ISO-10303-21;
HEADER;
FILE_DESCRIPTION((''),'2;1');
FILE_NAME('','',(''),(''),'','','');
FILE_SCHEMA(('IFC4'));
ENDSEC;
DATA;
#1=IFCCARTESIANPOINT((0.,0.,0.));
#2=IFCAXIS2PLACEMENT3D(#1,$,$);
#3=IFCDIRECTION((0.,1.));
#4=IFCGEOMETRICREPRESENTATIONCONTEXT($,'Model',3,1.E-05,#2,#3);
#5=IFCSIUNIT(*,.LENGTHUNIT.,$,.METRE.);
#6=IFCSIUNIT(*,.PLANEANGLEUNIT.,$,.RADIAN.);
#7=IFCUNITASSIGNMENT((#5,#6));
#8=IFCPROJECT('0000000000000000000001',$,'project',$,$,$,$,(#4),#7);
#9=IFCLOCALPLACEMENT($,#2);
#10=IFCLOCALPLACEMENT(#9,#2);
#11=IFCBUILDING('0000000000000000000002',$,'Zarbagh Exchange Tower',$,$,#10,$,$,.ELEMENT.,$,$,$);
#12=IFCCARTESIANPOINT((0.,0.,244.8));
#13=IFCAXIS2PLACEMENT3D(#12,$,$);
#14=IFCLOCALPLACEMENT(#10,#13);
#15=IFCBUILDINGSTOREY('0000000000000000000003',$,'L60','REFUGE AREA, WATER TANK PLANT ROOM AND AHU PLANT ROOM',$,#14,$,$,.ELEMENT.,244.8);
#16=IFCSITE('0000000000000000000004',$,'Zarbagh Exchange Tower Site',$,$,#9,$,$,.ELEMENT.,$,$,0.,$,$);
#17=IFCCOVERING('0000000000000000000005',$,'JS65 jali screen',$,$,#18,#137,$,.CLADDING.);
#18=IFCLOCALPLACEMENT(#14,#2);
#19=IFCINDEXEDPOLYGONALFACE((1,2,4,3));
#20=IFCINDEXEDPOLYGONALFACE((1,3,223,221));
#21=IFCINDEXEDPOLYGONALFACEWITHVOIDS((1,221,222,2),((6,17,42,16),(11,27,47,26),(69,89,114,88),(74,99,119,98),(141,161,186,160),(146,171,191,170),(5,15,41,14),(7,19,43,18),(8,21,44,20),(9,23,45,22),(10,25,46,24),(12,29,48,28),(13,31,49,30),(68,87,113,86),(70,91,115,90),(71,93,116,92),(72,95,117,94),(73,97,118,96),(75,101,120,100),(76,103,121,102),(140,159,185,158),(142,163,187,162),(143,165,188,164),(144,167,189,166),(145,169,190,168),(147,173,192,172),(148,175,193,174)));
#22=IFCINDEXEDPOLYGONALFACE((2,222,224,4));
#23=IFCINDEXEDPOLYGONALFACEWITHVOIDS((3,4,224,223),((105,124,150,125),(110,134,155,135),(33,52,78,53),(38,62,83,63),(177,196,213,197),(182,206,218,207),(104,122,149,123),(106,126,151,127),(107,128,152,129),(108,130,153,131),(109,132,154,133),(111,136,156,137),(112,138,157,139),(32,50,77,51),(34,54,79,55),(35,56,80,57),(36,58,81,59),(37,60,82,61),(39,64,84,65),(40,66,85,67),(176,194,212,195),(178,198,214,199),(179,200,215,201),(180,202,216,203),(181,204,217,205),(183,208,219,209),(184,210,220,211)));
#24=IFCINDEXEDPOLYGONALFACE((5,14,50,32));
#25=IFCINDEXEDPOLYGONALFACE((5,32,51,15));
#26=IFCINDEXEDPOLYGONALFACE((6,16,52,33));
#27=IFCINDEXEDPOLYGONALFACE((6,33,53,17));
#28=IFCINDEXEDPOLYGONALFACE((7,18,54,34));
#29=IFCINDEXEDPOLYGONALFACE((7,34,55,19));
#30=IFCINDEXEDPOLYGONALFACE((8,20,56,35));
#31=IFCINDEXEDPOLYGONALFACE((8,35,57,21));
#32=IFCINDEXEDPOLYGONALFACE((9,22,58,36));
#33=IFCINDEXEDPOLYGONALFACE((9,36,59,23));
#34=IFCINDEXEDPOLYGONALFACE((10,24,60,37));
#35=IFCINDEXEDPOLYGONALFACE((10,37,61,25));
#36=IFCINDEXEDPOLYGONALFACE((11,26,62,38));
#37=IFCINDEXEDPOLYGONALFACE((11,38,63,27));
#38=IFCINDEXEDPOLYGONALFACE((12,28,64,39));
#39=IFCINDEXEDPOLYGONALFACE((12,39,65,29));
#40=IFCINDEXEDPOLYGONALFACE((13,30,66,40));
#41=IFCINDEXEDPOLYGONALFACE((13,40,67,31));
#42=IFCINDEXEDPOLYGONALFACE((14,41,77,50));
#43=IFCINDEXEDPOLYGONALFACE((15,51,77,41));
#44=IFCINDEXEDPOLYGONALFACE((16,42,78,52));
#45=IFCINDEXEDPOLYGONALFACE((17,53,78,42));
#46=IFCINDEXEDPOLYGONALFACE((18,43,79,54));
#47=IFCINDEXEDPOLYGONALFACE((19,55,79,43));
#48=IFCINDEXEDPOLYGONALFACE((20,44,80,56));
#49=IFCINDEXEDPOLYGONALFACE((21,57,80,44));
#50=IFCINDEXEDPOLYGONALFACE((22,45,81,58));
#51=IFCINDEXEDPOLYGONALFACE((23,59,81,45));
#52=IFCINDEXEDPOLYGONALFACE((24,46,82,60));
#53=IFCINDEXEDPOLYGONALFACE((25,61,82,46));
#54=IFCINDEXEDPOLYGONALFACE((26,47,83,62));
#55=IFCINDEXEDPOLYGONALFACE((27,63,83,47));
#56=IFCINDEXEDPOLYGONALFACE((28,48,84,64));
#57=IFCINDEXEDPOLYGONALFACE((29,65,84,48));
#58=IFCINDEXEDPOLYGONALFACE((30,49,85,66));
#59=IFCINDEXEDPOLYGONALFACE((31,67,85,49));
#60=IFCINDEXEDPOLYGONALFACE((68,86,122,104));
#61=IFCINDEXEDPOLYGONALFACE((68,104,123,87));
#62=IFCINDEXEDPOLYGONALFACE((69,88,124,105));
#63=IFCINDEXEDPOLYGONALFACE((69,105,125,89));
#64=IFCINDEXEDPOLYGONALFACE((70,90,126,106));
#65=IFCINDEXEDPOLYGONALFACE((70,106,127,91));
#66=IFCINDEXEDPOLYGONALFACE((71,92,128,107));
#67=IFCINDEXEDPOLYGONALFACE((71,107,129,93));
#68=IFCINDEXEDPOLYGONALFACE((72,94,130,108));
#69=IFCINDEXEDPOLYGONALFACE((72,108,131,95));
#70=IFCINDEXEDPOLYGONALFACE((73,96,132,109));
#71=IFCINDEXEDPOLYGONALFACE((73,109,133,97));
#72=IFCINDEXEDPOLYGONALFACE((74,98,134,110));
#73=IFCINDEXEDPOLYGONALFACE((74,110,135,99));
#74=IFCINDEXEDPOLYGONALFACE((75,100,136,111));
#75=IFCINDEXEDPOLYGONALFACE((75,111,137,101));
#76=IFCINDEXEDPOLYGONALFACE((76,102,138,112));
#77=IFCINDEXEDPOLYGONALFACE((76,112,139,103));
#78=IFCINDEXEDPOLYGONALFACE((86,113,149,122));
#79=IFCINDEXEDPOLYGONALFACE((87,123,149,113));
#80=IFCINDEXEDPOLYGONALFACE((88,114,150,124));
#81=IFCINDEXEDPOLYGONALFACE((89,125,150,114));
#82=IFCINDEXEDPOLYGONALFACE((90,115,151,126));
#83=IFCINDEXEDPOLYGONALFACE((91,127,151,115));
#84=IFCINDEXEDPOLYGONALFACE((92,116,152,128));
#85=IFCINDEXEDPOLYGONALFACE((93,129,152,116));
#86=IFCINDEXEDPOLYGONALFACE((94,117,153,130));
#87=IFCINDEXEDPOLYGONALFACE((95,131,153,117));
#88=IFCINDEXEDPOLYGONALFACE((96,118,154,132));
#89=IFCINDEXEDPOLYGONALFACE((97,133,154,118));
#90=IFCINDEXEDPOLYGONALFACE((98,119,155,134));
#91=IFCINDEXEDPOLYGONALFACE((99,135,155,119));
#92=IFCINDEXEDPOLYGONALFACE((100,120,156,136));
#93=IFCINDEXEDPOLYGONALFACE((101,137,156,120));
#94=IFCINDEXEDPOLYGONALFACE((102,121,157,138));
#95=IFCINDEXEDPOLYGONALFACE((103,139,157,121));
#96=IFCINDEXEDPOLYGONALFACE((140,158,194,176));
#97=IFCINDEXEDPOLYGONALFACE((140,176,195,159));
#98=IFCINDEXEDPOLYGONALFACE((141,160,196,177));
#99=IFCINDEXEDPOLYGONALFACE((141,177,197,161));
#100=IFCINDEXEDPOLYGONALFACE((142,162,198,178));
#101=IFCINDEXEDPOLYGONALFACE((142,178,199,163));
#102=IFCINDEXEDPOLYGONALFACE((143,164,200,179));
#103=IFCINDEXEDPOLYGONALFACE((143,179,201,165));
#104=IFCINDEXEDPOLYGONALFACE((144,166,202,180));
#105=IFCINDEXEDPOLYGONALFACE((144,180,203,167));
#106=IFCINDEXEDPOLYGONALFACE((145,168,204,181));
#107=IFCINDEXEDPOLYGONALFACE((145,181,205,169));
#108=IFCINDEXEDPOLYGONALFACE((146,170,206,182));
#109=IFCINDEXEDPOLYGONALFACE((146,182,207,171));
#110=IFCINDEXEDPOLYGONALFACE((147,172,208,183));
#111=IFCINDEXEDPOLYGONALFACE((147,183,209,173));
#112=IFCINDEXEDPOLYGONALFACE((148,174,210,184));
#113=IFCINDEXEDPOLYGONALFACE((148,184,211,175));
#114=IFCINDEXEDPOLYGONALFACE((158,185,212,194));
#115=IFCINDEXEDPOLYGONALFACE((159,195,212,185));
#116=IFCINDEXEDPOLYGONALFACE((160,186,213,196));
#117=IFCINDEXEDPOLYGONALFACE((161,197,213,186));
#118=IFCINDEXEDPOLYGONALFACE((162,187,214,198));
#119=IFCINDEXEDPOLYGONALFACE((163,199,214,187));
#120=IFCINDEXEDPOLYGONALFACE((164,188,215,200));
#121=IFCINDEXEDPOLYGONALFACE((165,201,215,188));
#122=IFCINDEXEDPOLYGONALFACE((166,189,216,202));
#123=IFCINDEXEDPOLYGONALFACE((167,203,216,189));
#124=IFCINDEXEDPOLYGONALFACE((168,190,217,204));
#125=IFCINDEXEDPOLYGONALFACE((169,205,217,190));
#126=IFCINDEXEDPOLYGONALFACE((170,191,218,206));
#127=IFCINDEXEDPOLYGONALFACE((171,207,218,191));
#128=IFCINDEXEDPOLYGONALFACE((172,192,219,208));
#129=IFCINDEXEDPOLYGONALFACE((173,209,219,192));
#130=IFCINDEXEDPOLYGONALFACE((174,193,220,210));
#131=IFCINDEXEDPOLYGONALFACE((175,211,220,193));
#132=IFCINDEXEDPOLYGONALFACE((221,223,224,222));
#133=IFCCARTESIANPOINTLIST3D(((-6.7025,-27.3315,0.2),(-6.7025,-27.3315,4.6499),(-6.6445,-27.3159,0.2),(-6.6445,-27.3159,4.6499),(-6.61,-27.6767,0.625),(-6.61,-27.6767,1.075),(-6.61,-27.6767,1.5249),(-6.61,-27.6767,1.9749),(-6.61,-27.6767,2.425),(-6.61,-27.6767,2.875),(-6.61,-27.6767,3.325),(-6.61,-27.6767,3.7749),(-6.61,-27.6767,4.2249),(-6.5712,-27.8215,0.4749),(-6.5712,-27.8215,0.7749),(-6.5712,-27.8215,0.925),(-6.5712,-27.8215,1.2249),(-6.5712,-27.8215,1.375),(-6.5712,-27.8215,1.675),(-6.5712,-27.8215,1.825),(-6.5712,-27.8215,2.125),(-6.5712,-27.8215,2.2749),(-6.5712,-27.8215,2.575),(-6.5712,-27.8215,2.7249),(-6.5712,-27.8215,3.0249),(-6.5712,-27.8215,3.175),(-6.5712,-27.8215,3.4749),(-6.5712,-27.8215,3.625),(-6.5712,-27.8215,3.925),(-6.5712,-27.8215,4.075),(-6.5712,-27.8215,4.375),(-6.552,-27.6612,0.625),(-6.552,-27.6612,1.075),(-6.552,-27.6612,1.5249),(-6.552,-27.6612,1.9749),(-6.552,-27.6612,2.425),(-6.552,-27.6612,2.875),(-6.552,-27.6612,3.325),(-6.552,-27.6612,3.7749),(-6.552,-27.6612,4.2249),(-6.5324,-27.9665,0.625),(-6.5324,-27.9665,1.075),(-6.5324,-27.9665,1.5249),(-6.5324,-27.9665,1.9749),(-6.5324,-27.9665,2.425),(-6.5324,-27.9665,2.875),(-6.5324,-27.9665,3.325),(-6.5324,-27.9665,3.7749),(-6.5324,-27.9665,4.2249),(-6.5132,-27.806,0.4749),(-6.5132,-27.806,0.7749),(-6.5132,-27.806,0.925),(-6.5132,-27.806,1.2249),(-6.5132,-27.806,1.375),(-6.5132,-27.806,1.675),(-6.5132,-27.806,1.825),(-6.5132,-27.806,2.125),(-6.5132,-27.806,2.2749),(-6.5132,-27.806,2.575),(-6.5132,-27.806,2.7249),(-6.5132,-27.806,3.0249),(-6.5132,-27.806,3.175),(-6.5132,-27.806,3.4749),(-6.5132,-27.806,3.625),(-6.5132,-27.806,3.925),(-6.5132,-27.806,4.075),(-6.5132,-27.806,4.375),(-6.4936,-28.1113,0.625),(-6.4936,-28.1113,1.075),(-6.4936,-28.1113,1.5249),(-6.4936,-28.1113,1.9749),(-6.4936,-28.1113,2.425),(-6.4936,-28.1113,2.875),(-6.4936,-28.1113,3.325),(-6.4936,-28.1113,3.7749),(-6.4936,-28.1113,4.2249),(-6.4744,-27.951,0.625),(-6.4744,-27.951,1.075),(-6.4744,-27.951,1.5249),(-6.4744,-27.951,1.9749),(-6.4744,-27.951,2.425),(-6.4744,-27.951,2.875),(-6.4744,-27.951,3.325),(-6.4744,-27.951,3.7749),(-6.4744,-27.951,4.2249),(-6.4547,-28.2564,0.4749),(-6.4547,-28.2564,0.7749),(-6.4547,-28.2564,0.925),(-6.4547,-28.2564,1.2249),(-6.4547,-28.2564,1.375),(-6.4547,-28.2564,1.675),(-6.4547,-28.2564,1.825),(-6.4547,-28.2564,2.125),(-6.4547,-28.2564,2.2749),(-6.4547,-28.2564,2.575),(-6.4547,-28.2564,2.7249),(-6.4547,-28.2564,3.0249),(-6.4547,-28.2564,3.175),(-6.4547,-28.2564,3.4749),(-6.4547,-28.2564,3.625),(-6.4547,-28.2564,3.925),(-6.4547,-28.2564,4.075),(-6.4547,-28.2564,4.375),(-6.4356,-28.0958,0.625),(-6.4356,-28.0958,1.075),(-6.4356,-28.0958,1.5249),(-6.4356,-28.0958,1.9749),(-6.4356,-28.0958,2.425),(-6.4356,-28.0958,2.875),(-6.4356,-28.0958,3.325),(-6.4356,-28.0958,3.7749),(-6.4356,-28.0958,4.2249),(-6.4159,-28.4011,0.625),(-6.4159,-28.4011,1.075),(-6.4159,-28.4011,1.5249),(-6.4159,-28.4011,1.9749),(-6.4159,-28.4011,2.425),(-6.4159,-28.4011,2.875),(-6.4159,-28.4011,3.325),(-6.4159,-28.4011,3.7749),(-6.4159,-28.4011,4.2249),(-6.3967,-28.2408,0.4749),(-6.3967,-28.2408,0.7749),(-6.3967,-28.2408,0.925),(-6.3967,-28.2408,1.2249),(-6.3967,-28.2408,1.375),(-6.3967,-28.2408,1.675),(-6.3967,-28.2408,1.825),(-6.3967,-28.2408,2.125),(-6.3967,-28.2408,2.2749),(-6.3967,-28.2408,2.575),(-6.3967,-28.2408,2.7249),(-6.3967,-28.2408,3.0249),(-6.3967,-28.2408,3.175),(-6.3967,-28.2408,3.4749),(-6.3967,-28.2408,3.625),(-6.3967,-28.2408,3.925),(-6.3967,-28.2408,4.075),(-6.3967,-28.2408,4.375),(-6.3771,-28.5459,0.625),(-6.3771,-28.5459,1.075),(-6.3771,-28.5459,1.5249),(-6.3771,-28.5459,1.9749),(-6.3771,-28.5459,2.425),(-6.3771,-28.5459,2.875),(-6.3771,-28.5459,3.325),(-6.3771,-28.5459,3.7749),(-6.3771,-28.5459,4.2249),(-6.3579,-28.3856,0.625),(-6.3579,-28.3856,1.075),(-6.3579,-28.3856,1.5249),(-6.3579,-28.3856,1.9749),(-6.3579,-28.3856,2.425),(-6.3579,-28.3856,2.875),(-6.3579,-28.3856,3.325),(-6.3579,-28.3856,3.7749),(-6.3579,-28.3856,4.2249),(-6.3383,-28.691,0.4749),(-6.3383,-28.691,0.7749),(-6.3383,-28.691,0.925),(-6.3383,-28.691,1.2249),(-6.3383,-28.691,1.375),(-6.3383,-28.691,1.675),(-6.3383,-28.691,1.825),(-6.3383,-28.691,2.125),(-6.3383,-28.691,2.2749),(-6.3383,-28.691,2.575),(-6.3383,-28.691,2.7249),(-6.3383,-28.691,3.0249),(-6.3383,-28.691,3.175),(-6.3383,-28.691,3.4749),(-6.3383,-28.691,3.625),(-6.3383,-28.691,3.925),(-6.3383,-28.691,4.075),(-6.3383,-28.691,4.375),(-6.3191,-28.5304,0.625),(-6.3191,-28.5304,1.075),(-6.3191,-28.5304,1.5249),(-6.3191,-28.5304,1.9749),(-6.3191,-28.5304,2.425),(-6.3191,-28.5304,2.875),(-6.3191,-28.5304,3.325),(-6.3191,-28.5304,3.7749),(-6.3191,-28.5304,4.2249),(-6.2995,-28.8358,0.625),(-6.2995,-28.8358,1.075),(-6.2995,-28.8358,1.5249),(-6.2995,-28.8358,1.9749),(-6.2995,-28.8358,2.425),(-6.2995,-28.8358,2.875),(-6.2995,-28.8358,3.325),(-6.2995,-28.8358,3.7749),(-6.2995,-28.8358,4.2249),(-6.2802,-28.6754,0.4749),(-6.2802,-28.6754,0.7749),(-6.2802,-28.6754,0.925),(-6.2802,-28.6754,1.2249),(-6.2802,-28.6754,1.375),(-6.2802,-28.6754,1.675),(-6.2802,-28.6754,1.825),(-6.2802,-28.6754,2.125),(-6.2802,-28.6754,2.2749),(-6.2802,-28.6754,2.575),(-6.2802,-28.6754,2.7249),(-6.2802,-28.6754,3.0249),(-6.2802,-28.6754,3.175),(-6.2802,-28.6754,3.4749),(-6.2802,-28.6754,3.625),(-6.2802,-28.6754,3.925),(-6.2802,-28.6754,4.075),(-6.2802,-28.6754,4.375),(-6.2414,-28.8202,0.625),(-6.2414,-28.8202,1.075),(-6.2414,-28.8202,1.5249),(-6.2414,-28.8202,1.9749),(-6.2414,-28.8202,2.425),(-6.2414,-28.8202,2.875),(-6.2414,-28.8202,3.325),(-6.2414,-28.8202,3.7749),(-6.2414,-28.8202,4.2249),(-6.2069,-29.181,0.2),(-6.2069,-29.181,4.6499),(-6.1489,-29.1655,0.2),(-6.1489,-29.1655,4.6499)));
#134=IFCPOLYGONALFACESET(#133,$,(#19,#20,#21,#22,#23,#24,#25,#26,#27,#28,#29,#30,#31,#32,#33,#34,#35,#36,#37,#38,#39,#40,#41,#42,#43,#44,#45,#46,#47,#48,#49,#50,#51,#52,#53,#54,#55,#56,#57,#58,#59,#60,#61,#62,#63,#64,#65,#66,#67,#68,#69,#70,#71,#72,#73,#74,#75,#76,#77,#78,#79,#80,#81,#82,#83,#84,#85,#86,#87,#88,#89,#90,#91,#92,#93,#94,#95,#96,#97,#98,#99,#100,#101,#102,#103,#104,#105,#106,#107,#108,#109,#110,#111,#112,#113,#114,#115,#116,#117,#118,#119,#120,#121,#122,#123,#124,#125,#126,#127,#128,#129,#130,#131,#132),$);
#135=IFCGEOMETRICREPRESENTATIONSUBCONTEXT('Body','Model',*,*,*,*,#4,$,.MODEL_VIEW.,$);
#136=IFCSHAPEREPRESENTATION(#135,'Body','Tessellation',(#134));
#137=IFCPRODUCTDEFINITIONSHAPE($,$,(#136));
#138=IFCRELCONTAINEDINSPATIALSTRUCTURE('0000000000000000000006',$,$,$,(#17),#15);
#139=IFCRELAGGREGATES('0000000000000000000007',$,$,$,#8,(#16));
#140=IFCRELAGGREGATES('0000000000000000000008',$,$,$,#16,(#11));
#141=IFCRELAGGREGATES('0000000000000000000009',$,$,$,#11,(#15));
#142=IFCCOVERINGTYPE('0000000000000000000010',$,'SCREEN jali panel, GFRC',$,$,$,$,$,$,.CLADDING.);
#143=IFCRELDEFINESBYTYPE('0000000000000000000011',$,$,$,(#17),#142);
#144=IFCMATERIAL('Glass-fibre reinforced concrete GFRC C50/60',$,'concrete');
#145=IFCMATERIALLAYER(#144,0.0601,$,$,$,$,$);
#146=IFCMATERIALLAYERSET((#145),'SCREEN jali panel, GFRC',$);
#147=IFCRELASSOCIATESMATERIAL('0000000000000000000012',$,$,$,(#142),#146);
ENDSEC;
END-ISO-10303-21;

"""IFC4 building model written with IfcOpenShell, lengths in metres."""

from ifc_helpers import new_model, si_unit, direction, frame, origin, place, context, subcontext, project, spatial, polyline, outline, extrude, source, transform, mapped, material, layer, layer_set, type_object, element, save


model = new_model("IFC4")

# Units and contexts
model_context = context("Model", 3, precision=1e-05, world=origin(), true_north=direction((0.0, 1.0)))
body_context = subcontext(model_context, "Body", "Model", "MODEL_VIEW")
ifc_project = project(units=[si_unit("LENGTHUNIT", "METRE"), si_unit("PLANEANGLEUNIT", "RADIAN")], contexts=[model_context])

# Site, building, storey
site_placement = place(None, origin())
site = spatial("IfcSite", under=ifc_project, at=site_placement, Name="Zarbagh Exchange Tower Site", CompositionType="ELEMENT", RefElevation=0.0)
building_placement = place(site_placement, origin())
building = spatial("IfcBuilding", under=site, at=building_placement, Name="Zarbagh Exchange Tower", CompositionType="ELEMENT")
storey_placement = place(building_placement, frame((0.0, 0.0, 244.8)))
storey = spatial("IfcBuildingStorey", under=building, at=storey_placement, Name="L60", Description="REFUGE AREA, WATER TANK PLANT ROOM AND AHU PLANT ROOM", CompositionType="ELEMENT", Elevation=244.8)

# Shared definitions
ifc_material_1 = material(Name="Glass-fibre reinforced concrete GFRC C50/60", Category="concrete")
ifc_layer_1 = layer(ifc_material_1, 0.0601)
ifc_layer_set_1 = layer_set([ifc_layer_1], Name="SCREEN jali panel, GFRC")
covering_type = type_object("IfcCoveringType", Name="SCREEN jali panel, GFRC", PredefinedType="CLADDING", material=ifc_layer_set_1)
placement = place(storey_placement, origin())

# Covering
shared_shape_1 = source(origin(), body_context, "Body", "SweptSolid", [
    extrude(outline(polyline([(0.0, 0.0), (1.9148, 0.0), (1.9148, 4.45), (0.0, 4.45), (0.0, 0.0)]), holes=[polyline([(0.3574, 0.425), (0.5073, 0.2749), (0.6575, 0.425), (0.5073, 0.575), (0.3574, 0.425)]), polyline([(0.3574, 0.875), (0.5073, 0.7251), (0.6575, 0.875), (0.5073, 1.0249), (0.3574, 0.875)]), polyline([(0.3574, 1.325), (0.5073, 1.175), (0.6575, 1.325), (0.5073, 1.4751), (0.3574, 1.325)]), polyline([(0.3574, 1.7749), (0.5073, 1.625), (0.6575, 1.7749), (0.5073, 1.925), (0.3574, 1.7749)]), polyline([(0.3574, 2.2251), (0.5073, 2.075), (0.6575, 2.2251), (0.5073, 2.375), (0.3574, 2.2251)]), polyline([(0.3574, 2.675), (0.5073, 2.5249), (0.6575, 2.675), (0.5073, 2.825), (0.3574, 2.675)]), polyline([(0.3574, 3.125), (0.5073, 2.9751), (0.6575, 3.125), (0.5073, 3.2749), (0.3574, 3.125)]), polyline([(0.3574, 3.575), (0.5073, 3.425), (0.6575, 3.575), (0.5073, 3.7251), (0.3574, 3.575)]), polyline([(0.3574, 4.0249), (0.5073, 3.875), (0.6575, 4.0249), (0.5073, 4.175), (0.3574, 4.0249)]), polyline([(0.8074, 0.425), (0.9575, 0.2749), (1.1074, 0.425), (0.9575, 0.575), (0.8074, 0.425)]), polyline([(0.8074, 0.875), (0.9575, 0.7251), (1.1074, 0.875), (0.9575, 1.0249), (0.8074, 0.875)]), polyline([(0.8074, 1.325), (0.9575, 1.175), (1.1074, 1.325), (0.9575, 1.4751), (0.8074, 1.325)]), polyline([(0.8074, 1.7749), (0.9575, 1.625), (1.1074, 1.7749), (0.9575, 1.925), (0.8074, 1.7749)]), polyline([(0.8074, 2.2251), (0.9575, 2.075), (1.1074, 2.2251), (0.9575, 2.375), (0.8074, 2.2251)]), polyline([(0.8074, 2.675), (0.9575, 2.5249), (1.1074, 2.675), (0.9575, 2.825), (0.8074, 2.675)]), polyline([(0.8074, 3.125), (0.9575, 2.9751), (1.1074, 3.125), (0.9575, 3.2749), (0.8074, 3.125)]), polyline([(0.8074, 3.575), (0.9575, 3.425), (1.1074, 3.575), (0.9575, 3.7251), (0.8074, 3.575)]), polyline([(0.8074, 4.0249), (0.9575, 3.875), (1.1074, 4.0249), (0.9575, 4.175), (0.8074, 4.0249)]), polyline([(1.2573, 0.425), (1.4075, 0.2749), (1.5574, 0.425), (1.4075, 0.575), (1.2573, 0.425)]), polyline([(1.2573, 0.875), (1.4075, 0.7251), (1.5574, 0.875), (1.4075, 1.0249), (1.2573, 0.875)]), polyline([(1.2573, 1.325), (1.4075, 1.175), (1.5574, 1.325), (1.4075, 1.4751), (1.2573, 1.325)]), polyline([(1.2573, 1.7749), (1.4075, 1.625), (1.5574, 1.7749), (1.4075, 1.925), (1.2573, 1.7749)]), polyline([(1.2573, 2.2251), (1.4075, 2.075), (1.5574, 2.2251), (1.4075, 2.375), (1.2573, 2.2251)]), polyline([(1.2573, 2.675), (1.4075, 2.5249), (1.5574, 2.675), (1.4075, 2.825), (1.2573, 2.675)]), polyline([(1.2573, 3.125), (1.4075, 2.9751), (1.5574, 3.125), (1.4075, 3.2749), (1.2573, 3.125)]), polyline([(1.2573, 3.575), (1.4075, 3.425), (1.5574, 3.575), (1.4075, 3.7251), (1.2573, 3.575)]), polyline([(1.2573, 4.0249), (1.4075, 3.875), (1.5574, 4.0249), (1.4075, 4.175), (1.2573, 4.0249)])]), origin(), (0.0, 0.0, 1.0), 0.0601),
])
element("IfcCovering", 1, at=placement, inside=storey, type_object=covering_type, Name="JS65 jali screen", PredefinedType="CLADDING", context=body_context, shape_type="MappedRepresentation", body=[
    mapped(shared_shape_1, transform((-6.6445, -27.3159, 0.2), x_axis=(0.258825, -0.965924, 0.0), y_axis=(0.0, 0.0, 1.0), z_axis=(-0.965924, -0.258825, 0.0))),
])

save(model, "model.ifc")
